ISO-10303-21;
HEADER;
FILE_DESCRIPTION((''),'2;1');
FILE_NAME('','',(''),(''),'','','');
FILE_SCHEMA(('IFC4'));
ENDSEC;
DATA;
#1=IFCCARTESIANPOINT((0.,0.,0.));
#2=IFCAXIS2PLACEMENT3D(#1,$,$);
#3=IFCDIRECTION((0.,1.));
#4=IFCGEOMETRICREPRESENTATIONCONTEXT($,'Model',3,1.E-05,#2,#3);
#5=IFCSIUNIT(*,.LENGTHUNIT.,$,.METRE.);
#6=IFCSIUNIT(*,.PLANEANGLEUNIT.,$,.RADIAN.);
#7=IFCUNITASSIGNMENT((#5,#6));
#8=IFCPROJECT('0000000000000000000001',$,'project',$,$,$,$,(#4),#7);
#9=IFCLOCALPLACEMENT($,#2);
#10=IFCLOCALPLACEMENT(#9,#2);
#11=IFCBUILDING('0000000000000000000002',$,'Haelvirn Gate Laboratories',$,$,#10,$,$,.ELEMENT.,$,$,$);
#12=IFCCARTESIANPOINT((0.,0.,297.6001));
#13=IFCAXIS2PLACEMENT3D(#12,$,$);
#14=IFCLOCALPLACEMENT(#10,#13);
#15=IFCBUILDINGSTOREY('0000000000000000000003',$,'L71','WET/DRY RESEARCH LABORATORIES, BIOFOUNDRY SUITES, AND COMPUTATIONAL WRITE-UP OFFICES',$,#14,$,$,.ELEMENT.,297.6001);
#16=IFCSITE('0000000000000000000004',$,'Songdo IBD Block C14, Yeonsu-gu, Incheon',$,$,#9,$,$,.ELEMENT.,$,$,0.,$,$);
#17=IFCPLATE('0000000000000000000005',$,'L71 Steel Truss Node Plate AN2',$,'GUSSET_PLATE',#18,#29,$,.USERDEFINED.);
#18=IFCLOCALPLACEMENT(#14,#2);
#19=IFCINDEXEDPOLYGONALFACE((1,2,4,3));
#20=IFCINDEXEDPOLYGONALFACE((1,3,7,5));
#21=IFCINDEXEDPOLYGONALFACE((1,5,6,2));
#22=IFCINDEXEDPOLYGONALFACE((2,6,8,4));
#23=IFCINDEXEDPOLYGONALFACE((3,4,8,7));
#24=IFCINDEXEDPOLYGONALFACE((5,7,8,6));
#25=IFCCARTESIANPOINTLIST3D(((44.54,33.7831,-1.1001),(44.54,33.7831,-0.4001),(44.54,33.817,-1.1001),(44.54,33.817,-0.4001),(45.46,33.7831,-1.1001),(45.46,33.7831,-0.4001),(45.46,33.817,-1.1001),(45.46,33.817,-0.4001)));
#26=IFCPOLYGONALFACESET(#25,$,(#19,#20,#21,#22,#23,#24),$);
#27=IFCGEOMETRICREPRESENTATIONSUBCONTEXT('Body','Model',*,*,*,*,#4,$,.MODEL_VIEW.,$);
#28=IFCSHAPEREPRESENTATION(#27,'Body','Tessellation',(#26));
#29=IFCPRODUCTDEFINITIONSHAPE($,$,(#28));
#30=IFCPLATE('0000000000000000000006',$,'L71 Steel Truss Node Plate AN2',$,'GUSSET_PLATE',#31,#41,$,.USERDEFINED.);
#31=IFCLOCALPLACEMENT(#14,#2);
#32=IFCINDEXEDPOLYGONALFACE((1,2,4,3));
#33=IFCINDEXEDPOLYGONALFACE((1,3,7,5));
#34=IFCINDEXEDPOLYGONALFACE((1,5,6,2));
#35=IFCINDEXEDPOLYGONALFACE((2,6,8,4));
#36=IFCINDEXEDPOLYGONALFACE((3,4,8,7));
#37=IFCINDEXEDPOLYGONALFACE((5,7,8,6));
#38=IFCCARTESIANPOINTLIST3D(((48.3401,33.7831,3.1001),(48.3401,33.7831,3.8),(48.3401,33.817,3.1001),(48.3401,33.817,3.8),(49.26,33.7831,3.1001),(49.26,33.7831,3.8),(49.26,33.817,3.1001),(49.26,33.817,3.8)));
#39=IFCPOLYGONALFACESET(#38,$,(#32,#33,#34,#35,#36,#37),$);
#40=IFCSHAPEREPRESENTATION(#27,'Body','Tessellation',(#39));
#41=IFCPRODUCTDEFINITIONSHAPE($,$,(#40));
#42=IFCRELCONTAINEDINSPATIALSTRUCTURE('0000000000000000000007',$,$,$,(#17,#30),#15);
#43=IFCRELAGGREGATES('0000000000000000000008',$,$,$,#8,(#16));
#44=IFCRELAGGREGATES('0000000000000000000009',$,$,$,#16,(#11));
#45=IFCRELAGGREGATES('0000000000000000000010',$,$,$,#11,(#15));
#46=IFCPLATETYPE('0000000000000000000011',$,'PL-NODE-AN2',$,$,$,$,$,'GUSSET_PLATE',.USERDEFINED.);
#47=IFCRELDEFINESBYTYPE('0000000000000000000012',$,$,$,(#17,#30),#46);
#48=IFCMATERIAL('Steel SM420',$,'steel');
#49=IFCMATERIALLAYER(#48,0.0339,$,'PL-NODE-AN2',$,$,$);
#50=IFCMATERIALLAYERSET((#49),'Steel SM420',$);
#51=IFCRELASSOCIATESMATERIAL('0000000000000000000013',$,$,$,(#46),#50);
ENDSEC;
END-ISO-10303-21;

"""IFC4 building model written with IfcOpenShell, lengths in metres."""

from ifc_helpers import new_model, si_unit, direction, frame, origin, origin_2d, place, context, subcontext, project, spatial, rectangle, extrude, source, transform, mapped, material, layer, layer_set, type_object, type_shapes, element, save


model = new_model("IFC4")

# Units and contexts
model_context = context("Model", 3, precision=1e-05, world=origin(), true_north=direction((0.0, 1.0)))
body_context = subcontext(model_context, "Body", "Model", "MODEL_VIEW")
ifc_project = project(units=[si_unit("LENGTHUNIT", "METRE"), si_unit("PLANEANGLEUNIT", "RADIAN")], contexts=[model_context])

# Site, building, storey
site_placement = place(None, origin())
site = spatial("IfcSite", under=ifc_project, at=site_placement, Name="Songdo IBD Block C14, Yeonsu-gu, Incheon", CompositionType="ELEMENT", RefElevation=0.0)
building_placement = place(site_placement, origin())
building = spatial("IfcBuilding", under=site, at=building_placement, Name="Haelvirn Gate Laboratories", CompositionType="ELEMENT")
storey_placement = place(building_placement, frame((0.0, 0.0, 297.6001)))
storey = spatial("IfcBuildingStorey", under=building, at=storey_placement, Name="L71", Description="WET/DRY RESEARCH LABORATORIES, BIOFOUNDRY SUITES, AND COMPUTATIONAL WRITE-UP OFFICES", CompositionType="ELEMENT", Elevation=297.6001)

# Shared definitions
ifc_material_1 = material(Name="Steel SM420", Category="steel")

# Plates
ifc_layer = layer(ifc_material_1, 0.0339, Name="PL-NODE-AN2")
ifc_layer_set = layer_set([ifc_layer], Name="Steel SM420")
plate_type = type_object("IfcPlateType", Name="PL-NODE-AN2", ElementType="GUSSET_PLATE", PredefinedType="USERDEFINED", material=ifc_layer_set)
shared_shape_1 = source(origin(), body_context, "Body", "SweptSolid", [
    extrude(rectangle(XDim=0.9199, YDim=0.0339, at=origin_2d()), origin(), (0.0, 0.0, 1.0), 0.7),
])
type_shapes(plate_type, [shared_shape_1])
for number, where, z_axis, x_axis, name in (
    (1, (45.0, 33.8, -1.1001), (0.0, 0.0, 1.0), (1.0, 0.0, 0.0), "L71 Steel Truss Node Plate AN2"),
    (2, (48.8, 33.8, 3.1001), (0.0, 0.0, 1.0), (1.0, 0.0, 0.0), "L71 Steel Truss Node Plate AN2"),
):
    element("IfcPlate", number, at=place(storey_placement, frame(where, z_axis=z_axis, x_axis=x_axis)), inside=storey, type_object=plate_type, Name=name, ObjectType="GUSSET_PLATE", PredefinedType="USERDEFINED", context=body_context, shape_type="MappedRepresentation", body=[
        mapped(shared_shape_1, transform((0.0, 0.0, 0.0), scale=1.0)),
    ])

save(model, "model.ifc")
